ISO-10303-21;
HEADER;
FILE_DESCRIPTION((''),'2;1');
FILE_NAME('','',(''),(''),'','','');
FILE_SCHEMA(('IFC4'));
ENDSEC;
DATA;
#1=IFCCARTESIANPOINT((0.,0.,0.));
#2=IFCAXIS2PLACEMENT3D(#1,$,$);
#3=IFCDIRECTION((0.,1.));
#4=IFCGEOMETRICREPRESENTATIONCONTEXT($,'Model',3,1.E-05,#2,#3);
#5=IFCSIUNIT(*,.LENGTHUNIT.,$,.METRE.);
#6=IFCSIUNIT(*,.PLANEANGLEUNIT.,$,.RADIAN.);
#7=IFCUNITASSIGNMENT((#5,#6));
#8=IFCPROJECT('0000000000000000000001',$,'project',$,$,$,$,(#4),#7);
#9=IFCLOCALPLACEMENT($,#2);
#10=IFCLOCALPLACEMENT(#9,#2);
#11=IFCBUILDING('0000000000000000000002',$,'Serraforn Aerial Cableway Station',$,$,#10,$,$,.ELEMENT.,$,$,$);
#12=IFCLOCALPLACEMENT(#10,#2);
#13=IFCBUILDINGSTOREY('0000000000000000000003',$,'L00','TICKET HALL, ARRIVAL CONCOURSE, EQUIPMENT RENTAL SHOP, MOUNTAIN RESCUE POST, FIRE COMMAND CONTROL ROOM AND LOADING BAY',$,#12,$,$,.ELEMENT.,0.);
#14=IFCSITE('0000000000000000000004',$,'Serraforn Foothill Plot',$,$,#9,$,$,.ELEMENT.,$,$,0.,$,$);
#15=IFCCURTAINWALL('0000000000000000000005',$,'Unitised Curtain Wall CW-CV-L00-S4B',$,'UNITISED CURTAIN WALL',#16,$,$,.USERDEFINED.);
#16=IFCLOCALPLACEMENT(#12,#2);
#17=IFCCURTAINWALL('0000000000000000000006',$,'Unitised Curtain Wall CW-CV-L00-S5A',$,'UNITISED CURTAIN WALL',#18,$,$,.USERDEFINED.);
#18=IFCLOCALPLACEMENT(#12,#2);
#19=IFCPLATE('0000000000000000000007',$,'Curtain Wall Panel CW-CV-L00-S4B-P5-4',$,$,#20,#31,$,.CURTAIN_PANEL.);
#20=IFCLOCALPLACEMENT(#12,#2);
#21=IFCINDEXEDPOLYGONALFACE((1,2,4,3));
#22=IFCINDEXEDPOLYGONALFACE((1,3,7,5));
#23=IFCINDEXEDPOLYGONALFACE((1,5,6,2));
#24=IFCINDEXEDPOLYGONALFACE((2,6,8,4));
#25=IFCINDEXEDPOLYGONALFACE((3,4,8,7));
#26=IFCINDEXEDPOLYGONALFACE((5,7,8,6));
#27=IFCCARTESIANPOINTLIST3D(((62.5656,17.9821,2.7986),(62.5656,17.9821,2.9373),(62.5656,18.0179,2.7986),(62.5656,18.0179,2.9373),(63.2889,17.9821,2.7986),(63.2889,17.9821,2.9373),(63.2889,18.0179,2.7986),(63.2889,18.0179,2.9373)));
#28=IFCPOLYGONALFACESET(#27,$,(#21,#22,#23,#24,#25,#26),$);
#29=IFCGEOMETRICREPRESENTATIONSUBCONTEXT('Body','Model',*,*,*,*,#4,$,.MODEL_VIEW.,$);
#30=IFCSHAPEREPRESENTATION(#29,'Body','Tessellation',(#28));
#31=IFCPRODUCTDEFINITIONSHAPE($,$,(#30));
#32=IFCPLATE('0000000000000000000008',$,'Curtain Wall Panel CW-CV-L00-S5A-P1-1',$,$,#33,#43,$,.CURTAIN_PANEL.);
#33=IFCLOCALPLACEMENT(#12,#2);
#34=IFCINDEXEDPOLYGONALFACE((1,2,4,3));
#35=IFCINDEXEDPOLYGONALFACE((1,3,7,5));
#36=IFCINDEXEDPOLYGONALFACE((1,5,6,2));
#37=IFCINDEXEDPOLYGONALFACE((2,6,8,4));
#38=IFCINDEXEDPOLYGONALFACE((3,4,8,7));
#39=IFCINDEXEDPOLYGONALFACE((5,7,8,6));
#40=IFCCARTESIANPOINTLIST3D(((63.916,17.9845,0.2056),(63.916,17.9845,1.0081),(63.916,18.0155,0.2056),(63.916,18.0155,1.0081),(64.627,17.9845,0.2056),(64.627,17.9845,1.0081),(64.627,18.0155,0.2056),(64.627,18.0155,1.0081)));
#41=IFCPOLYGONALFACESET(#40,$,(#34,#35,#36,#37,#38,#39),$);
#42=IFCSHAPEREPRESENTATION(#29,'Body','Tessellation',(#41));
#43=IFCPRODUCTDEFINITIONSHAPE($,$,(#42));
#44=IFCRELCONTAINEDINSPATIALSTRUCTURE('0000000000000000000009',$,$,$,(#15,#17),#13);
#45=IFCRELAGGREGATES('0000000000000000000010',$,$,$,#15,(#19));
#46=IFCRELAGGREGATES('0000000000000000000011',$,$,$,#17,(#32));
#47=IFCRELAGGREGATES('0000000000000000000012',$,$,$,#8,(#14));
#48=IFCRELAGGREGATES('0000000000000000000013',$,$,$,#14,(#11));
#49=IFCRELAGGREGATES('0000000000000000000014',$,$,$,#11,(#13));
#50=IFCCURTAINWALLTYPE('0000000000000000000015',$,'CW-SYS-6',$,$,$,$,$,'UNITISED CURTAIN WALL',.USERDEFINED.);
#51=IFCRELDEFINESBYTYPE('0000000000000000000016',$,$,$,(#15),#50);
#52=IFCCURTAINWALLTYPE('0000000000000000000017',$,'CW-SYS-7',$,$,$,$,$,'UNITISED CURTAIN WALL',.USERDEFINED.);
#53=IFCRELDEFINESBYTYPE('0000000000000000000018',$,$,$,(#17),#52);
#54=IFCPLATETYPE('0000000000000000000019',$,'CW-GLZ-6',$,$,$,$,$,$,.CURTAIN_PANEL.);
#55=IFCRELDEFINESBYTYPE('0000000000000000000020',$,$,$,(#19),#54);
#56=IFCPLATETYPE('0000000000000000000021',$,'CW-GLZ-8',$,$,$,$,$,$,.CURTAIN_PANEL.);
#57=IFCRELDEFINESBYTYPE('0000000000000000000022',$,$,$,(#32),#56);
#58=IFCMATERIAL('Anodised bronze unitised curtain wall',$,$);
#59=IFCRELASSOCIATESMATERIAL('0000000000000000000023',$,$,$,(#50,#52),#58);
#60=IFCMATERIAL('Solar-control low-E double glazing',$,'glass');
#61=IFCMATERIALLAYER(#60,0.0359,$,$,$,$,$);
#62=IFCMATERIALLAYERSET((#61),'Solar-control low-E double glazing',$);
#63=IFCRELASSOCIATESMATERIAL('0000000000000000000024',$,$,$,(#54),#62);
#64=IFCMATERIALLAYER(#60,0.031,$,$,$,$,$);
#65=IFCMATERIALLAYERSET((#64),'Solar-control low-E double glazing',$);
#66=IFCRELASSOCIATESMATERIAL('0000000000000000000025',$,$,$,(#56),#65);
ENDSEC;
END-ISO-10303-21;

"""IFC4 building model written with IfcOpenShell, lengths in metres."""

from ifc_helpers import new_model, si_unit, direction, frame, origin, origin_2d, place, context, subcontext, project, spatial, rectangle, extrude, material, layer, layer_set, type_object, element, aggregate, save


model = new_model("IFC4")

# Units and contexts
model_context = context("Model", 3, precision=1e-05, world=origin(), true_north=direction((0.0, 1.0)))
body_context = subcontext(model_context, "Body", "Model", "MODEL_VIEW")
ifc_project = project(units=[si_unit("LENGTHUNIT", "METRE"), si_unit("PLANEANGLEUNIT", "RADIAN")], contexts=[model_context])

# Site, building, storey
site_placement = place(None, origin())
site = spatial("IfcSite", under=ifc_project, at=site_placement, Name="Serraforn Foothill Plot", CompositionType="ELEMENT", RefElevation=0.0)
building_placement = place(site_placement, origin())
building = spatial("IfcBuilding", under=site, at=building_placement, Name="Serraforn Aerial Cableway Station", CompositionType="ELEMENT")
storey_placement = place(building_placement, origin())
storey = spatial("IfcBuildingStorey", under=building, at=storey_placement, Name="L00", Description="TICKET HALL, ARRIVAL CONCOURSE, EQUIPMENT RENTAL SHOP, MOUNTAIN RESCUE POST, FIRE COMMAND CONTROL ROOM AND LOADING BAY", CompositionType="ELEMENT", Elevation=0.0)

# Curtain walls
ifc_material_1 = material(Name="Anodised bronze unitised curtain wall")
curtain_wall_type_1 = type_object("IfcCurtainWallType", Name="CW-SYS-6", ElementType="UNITISED CURTAIN WALL", PredefinedType="USERDEFINED", material=ifc_material_1)
curtain_wall_1_placement = place(storey_placement, origin())
curtain_wall_1 = element("IfcCurtainWall", 1, at=curtain_wall_1_placement, inside=storey, type_object=curtain_wall_type_1, Name="Unitised Curtain Wall CW-CV-L00-S4B", ObjectType="UNITISED CURTAIN WALL", PredefinedType="USERDEFINED")
curtain_wall_type_2 = type_object("IfcCurtainWallType", Name="CW-SYS-7", ElementType="UNITISED CURTAIN WALL", PredefinedType="USERDEFINED", material=ifc_material_1)
curtain_wall_2_placement = place(storey_placement, origin())
curtain_wall_2 = element("IfcCurtainWall", 2, at=curtain_wall_2_placement, inside=storey, type_object=curtain_wall_type_2, Name="Unitised Curtain Wall CW-CV-L00-S5A", ObjectType="UNITISED CURTAIN WALL", PredefinedType="USERDEFINED")

# Plates
ifc_material_2 = material(Name="Solar-control low-E double glazing", Category="glass")
ifc_layer_1 = layer(ifc_material_2, 0.0359)
ifc_layer_set_1 = layer_set([ifc_layer_1], Name="Solar-control low-E double glazing")
plate_type_1 = type_object("IfcPlateType", Name="CW-GLZ-6", PredefinedType="CURTAIN_PANEL", material=ifc_layer_set_1)
plate_1_placement = place(storey_placement, frame((62.9272, 18.0, 2.7986), z_axis=(0.0, 0.0, 1.0), x_axis=(1.0, 0.0, 0.0)))
plate_1 = element("IfcPlate", 3, at=plate_1_placement, type_object=plate_type_1, Name="Curtain Wall Panel CW-CV-L00-S4B-P5-4", PredefinedType="CURTAIN_PANEL", context=body_context, shape_type="SweptSolid", body=[
    extrude(rectangle(XDim=0.7234, YDim=0.0359, at=origin_2d()), origin(), (0.0, 0.0, 1.0), 0.1387),
])
aggregate(curtain_wall_1, [plate_1])
ifc_layer_2 = layer(ifc_material_2, 0.031)
ifc_layer_set_2 = layer_set([ifc_layer_2], Name="Solar-control low-E double glazing")
plate_type_2 = type_object("IfcPlateType", Name="CW-GLZ-8", PredefinedType="CURTAIN_PANEL", material=ifc_layer_set_2)
plate_2_placement = place(storey_placement, frame((64.2715, 18.0, 0.2056), z_axis=(0.0, 0.0, 1.0), x_axis=(1.0, 0.0, 0.0)))
plate_2 = element("IfcPlate", 4, at=plate_2_placement, type_object=plate_type_2, Name="Curtain Wall Panel CW-CV-L00-S5A-P1-1", PredefinedType="CURTAIN_PANEL", context=body_context, shape_type="SweptSolid", body=[
    extrude(rectangle(XDim=0.7109, YDim=0.031, at=origin_2d()), origin(), (0.0, 0.0, 1.0), 0.8025),
])
aggregate(curtain_wall_2, [plate_2])

save(model, "model.ifc")
